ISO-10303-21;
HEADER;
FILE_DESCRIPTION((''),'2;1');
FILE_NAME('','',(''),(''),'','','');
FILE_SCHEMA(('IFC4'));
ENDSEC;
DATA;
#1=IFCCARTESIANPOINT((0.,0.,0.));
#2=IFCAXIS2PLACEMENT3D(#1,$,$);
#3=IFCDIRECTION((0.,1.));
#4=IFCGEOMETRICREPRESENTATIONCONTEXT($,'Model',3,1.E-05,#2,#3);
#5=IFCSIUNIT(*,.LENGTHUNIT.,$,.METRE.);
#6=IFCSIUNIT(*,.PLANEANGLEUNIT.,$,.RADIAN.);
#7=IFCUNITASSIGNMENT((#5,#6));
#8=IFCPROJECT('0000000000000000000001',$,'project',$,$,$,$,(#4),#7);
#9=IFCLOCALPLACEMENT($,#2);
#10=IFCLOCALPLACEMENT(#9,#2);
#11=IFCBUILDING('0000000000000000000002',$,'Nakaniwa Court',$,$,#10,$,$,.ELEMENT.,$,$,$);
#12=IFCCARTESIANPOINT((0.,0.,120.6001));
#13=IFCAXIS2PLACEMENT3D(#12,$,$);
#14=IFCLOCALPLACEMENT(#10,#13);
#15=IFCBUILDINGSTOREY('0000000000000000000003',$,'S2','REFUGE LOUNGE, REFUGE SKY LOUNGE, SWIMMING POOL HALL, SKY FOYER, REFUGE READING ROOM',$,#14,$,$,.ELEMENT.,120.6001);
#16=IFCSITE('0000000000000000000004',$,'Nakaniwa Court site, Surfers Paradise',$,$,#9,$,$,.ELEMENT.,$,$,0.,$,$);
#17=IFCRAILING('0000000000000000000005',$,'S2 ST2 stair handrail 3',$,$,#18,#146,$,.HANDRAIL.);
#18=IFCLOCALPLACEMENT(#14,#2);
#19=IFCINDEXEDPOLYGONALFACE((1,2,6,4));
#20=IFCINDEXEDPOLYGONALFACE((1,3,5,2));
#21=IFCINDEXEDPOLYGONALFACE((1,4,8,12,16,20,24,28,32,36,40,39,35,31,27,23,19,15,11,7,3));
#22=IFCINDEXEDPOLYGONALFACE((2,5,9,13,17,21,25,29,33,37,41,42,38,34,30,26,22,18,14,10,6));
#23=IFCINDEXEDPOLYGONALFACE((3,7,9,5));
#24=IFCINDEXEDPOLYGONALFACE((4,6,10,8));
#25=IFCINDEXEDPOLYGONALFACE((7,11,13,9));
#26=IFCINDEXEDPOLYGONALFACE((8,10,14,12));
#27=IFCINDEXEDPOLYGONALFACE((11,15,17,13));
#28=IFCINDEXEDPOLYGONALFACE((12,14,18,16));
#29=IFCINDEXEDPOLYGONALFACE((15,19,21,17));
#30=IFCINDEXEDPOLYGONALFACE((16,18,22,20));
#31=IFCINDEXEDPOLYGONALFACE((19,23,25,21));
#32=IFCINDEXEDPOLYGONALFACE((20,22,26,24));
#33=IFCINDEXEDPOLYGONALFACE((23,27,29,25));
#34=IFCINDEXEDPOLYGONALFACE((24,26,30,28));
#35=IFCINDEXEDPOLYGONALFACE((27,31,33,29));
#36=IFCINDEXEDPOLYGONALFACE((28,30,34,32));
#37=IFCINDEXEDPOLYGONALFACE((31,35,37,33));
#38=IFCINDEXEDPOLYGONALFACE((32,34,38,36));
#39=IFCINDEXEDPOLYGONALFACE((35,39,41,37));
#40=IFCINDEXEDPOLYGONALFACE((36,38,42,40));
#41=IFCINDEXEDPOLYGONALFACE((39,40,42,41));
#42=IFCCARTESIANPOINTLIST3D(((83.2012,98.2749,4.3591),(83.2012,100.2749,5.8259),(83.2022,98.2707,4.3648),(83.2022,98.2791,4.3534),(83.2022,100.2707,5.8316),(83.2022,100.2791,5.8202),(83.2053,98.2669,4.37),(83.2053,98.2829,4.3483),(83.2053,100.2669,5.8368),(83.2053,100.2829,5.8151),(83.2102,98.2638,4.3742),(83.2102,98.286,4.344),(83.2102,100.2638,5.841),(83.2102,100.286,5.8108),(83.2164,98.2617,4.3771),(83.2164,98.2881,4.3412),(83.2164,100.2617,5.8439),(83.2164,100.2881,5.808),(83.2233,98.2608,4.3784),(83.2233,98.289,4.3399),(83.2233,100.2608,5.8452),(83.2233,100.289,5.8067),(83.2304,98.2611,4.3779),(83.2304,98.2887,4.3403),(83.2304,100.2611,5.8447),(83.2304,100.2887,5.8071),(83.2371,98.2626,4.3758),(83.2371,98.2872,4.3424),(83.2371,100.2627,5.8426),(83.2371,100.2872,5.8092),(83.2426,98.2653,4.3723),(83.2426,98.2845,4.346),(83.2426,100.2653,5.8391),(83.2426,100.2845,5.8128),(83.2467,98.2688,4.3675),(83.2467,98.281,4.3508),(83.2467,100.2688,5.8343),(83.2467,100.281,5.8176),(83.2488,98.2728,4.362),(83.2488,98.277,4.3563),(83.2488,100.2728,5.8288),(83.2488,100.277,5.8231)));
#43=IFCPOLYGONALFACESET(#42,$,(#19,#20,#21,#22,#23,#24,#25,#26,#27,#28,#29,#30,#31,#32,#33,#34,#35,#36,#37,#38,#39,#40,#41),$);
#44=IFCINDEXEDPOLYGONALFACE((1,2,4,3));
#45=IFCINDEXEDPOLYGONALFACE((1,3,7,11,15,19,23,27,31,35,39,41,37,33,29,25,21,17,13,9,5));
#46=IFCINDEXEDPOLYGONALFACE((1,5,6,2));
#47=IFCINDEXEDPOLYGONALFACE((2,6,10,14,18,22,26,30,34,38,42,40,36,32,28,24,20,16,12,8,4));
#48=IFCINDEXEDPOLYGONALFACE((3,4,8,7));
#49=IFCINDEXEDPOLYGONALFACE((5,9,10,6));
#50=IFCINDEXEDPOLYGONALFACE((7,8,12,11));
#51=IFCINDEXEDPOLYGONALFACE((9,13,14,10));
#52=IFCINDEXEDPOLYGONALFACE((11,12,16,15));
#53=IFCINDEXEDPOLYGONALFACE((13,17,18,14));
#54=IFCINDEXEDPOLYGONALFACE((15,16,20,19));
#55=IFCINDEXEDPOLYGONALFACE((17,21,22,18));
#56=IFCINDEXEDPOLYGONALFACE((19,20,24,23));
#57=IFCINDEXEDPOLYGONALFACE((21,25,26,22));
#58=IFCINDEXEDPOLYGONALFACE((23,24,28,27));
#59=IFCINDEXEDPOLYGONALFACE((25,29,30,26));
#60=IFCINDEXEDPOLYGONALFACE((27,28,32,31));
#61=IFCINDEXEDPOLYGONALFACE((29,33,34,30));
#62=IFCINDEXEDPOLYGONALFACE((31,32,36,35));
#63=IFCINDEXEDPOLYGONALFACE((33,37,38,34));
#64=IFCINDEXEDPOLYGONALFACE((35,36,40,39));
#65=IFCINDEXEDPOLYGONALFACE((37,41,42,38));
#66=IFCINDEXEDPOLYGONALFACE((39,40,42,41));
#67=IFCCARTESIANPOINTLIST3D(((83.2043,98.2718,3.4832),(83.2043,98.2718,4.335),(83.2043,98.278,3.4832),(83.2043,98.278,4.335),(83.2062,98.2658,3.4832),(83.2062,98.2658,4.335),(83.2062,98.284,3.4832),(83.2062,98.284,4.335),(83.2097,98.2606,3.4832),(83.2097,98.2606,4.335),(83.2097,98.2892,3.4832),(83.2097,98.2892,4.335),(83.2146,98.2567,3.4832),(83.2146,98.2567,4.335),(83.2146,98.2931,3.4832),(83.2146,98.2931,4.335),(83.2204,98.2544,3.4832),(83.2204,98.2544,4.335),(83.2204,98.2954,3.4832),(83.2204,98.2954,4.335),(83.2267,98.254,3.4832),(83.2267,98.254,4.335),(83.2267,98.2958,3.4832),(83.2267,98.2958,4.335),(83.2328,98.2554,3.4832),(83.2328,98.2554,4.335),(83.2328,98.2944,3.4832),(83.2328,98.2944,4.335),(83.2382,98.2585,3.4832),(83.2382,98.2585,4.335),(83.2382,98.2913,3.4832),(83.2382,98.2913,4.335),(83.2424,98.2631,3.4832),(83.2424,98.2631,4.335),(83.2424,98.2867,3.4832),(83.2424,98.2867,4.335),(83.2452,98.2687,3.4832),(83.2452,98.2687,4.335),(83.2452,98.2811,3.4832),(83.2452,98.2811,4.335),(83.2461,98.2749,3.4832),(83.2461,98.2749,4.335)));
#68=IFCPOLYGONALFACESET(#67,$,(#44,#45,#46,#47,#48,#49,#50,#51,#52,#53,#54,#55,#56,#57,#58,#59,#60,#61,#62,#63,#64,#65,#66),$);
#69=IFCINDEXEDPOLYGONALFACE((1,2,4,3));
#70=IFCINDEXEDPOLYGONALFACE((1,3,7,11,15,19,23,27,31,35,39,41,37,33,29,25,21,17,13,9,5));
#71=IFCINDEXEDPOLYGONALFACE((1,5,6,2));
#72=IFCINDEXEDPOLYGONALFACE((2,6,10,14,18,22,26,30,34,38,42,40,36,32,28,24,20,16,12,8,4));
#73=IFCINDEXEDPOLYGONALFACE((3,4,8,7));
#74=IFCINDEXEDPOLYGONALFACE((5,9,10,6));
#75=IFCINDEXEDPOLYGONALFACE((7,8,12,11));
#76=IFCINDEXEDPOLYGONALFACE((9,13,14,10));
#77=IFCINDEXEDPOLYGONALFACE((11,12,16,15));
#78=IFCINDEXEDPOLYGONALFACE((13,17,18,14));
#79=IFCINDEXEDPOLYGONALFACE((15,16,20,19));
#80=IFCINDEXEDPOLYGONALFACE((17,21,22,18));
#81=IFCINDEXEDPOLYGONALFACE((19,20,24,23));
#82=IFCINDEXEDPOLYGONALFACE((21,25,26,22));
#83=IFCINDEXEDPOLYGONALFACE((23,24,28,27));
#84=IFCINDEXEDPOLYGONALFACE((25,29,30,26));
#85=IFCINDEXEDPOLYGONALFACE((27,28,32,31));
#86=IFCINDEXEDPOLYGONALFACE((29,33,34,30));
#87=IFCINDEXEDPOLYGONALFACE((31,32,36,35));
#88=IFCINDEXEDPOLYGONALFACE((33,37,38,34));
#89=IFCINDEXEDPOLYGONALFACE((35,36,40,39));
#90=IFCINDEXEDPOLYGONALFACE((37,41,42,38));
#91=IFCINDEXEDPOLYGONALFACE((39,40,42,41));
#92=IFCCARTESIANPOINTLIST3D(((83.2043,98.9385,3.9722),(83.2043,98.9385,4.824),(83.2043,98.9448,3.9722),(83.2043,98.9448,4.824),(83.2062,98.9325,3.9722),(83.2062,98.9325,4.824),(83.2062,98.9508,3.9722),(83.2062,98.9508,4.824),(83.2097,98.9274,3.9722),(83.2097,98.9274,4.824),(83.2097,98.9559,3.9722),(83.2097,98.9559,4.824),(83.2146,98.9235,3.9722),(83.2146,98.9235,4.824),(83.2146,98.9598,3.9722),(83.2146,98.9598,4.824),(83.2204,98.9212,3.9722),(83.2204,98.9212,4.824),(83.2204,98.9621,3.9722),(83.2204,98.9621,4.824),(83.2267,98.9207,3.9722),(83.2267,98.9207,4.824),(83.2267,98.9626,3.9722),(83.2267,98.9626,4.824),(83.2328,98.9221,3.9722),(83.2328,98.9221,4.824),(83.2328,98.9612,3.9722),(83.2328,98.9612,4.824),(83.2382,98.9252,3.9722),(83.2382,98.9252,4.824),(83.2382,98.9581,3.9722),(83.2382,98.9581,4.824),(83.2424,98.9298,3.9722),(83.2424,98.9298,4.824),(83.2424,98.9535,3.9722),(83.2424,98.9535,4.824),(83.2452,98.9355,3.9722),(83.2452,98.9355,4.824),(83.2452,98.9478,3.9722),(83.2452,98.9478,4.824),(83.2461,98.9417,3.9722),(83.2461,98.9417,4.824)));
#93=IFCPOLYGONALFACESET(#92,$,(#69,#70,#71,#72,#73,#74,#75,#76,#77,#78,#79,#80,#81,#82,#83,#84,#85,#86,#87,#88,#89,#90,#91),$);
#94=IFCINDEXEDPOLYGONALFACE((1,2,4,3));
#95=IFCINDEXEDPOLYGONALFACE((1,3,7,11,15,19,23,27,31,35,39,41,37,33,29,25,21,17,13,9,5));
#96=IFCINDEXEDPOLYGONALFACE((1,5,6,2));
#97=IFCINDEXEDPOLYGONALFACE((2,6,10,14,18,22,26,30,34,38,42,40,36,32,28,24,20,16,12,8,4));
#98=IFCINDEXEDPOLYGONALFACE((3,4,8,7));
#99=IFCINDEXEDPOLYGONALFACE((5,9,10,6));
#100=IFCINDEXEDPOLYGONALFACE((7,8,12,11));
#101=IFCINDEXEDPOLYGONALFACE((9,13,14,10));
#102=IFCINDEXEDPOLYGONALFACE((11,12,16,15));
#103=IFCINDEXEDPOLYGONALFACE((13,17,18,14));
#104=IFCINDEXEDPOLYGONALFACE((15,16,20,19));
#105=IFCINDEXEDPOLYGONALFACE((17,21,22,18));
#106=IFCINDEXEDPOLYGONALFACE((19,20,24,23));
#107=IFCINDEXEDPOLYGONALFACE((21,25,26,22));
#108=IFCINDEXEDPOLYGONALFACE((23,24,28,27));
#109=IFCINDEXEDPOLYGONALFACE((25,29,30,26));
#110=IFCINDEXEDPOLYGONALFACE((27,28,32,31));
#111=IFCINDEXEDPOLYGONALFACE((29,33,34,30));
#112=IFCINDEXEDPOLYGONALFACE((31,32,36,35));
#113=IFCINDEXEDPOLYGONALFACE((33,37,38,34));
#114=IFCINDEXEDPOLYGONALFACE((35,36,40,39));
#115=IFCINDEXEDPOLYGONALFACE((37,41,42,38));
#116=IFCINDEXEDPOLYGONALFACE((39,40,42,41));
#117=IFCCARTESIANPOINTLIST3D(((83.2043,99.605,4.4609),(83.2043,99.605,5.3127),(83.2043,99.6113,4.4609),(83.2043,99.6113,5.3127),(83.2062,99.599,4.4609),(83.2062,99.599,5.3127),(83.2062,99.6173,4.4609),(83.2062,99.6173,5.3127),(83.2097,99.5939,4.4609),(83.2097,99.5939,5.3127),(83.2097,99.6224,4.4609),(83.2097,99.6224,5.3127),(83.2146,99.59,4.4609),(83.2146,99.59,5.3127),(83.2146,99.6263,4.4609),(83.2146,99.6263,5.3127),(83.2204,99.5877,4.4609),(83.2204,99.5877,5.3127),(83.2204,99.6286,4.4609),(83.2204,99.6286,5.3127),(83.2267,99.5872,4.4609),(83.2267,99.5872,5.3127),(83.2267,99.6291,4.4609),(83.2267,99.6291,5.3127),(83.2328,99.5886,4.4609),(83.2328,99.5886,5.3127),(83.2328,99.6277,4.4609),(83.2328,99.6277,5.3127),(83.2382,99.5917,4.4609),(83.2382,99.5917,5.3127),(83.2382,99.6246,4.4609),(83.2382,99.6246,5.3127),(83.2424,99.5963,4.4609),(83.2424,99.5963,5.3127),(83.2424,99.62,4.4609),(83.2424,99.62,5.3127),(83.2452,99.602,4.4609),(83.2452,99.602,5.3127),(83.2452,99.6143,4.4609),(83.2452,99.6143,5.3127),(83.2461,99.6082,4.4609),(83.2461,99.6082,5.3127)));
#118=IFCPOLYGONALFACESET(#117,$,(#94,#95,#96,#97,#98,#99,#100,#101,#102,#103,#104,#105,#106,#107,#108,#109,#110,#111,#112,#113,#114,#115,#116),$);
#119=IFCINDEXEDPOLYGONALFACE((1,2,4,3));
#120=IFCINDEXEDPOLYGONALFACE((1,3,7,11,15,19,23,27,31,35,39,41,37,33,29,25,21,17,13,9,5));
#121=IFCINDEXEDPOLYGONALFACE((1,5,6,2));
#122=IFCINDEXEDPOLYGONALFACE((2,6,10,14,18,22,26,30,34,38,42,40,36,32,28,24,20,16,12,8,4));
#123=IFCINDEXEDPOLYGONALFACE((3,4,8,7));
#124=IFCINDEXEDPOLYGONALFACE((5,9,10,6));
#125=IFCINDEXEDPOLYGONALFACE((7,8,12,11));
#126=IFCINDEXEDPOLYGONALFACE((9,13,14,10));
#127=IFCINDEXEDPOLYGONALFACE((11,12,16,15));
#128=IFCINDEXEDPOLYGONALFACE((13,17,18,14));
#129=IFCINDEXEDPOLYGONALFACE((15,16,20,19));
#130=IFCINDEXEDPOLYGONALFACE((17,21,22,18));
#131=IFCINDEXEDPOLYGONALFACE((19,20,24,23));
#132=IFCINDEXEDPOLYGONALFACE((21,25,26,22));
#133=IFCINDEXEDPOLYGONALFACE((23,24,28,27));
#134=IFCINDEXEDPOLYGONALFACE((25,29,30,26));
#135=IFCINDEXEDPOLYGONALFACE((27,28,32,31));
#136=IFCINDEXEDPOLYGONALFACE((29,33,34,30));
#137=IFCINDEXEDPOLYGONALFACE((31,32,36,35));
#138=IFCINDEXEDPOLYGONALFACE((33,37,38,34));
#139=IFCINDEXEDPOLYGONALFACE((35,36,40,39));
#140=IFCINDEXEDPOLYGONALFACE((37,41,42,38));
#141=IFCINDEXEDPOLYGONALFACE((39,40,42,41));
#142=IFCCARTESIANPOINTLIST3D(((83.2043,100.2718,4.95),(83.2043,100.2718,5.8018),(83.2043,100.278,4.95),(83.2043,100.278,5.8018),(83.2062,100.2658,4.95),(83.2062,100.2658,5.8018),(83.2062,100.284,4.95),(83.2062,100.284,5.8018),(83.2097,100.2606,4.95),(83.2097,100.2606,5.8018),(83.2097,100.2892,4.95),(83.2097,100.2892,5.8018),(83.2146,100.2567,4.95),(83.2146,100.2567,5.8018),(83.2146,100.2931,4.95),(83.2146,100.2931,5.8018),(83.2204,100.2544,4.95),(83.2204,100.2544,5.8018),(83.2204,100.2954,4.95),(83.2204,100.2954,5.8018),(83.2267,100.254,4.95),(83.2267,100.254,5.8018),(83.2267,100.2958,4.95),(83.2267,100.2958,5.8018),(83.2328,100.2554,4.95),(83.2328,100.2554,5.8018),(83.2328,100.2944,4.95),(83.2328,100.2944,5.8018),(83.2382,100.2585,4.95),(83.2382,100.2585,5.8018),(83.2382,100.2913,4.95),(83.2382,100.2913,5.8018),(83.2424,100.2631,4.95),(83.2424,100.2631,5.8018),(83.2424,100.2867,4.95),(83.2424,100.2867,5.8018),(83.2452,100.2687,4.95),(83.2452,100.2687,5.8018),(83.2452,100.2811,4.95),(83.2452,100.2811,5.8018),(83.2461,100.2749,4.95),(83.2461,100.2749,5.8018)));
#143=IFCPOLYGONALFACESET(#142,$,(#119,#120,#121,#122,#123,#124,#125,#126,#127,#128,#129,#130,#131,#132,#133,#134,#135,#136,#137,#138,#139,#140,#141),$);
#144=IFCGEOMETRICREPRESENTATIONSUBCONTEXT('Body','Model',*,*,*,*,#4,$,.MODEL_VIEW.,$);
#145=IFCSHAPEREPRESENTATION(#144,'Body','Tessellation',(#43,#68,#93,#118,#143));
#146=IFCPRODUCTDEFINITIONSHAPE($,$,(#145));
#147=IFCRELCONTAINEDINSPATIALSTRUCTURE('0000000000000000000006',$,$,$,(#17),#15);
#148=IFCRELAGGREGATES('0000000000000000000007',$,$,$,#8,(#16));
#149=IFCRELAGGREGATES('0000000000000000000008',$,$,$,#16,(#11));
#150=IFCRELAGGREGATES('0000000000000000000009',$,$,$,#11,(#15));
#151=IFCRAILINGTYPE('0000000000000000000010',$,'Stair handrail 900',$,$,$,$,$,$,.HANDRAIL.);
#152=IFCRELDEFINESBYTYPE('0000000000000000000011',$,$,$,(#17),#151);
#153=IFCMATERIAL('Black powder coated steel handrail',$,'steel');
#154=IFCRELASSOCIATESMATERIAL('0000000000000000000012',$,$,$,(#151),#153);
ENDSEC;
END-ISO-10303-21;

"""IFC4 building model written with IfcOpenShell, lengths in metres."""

from ifc_helpers import new_model, si_unit, direction, frame, origin, origin_2d, place, context, subcontext, project, spatial, circle, extrude, material, type_object, element, save


model = new_model("IFC4")

# Units and contexts
model_context = context("Model", 3, precision=1e-05, world=origin(), true_north=direction((0.0, 1.0)))
body_context = subcontext(model_context, "Body", "Model", "MODEL_VIEW")
ifc_project = project(units=[si_unit("LENGTHUNIT", "METRE"), si_unit("PLANEANGLEUNIT", "RADIAN")], contexts=[model_context])

# Site, building, storey
site_placement = place(None, origin())
site = spatial("IfcSite", under=ifc_project, at=site_placement, Name="Nakaniwa Court site, Surfers Paradise", CompositionType="ELEMENT", RefElevation=0.0)
building_placement = place(site_placement, origin())
building = spatial("IfcBuilding", under=site, at=building_placement, Name="Nakaniwa Court", CompositionType="ELEMENT")
storey_placement = place(building_placement, frame((0.0, 0.0, 120.6001)))
storey = spatial("IfcBuildingStorey", under=building, at=storey_placement, Name="S2", Description="REFUGE LOUNGE, REFUGE SKY LOUNGE, SWIMMING POOL HALL, SKY FOYER, REFUGE READING ROOM", CompositionType="ELEMENT", Elevation=120.6001)

# Railing
ifc_material_1 = material(Name="Black powder coated steel handrail", Category="steel")
railing_type_1 = type_object("IfcRailingType", Name="Stair handrail 900", PredefinedType="HANDRAIL", material=ifc_material_1)
railing_1_placement = place(storey_placement, frame((83.2251, 98.2749, 3.4832)))
element("IfcRailing", 1, at=railing_1_placement, inside=storey, type_object=railing_type_1, Name="S2 ST2 stair handrail 3", PredefinedType="HANDRAIL", context=body_context, shape_type="SweptSolid", body=[
    extrude(circle(Radius=0.0239, at=origin_2d()), frame((0.0, 0.0, 0.876), z_axis=(0.0, 0.80638, 0.591398), x_axis=(-1.0, 0.0, 0.0)), (0.0, 0.0, 1.0), 2.4802),
    extrude(circle(Radius=0.021, at=origin_2d()), origin(), (0.0, 0.0, 1.0), 0.8518),
    extrude(circle(Radius=0.021, at=origin_2d()), frame((0.0, 0.6667, 0.489)), (0.0, 0.0, 1.0), 0.8518),
    extrude(circle(Radius=0.021, at=origin_2d()), frame((0.0, 1.3333, 0.9778)), (0.0, 0.0, 1.0), 0.8518),
    extrude(circle(Radius=0.021, at=origin_2d()), frame((0.0, 2.0, 1.4668)), (0.0, 0.0, 1.0), 0.8518),
])

save(model, "model.ifc")
